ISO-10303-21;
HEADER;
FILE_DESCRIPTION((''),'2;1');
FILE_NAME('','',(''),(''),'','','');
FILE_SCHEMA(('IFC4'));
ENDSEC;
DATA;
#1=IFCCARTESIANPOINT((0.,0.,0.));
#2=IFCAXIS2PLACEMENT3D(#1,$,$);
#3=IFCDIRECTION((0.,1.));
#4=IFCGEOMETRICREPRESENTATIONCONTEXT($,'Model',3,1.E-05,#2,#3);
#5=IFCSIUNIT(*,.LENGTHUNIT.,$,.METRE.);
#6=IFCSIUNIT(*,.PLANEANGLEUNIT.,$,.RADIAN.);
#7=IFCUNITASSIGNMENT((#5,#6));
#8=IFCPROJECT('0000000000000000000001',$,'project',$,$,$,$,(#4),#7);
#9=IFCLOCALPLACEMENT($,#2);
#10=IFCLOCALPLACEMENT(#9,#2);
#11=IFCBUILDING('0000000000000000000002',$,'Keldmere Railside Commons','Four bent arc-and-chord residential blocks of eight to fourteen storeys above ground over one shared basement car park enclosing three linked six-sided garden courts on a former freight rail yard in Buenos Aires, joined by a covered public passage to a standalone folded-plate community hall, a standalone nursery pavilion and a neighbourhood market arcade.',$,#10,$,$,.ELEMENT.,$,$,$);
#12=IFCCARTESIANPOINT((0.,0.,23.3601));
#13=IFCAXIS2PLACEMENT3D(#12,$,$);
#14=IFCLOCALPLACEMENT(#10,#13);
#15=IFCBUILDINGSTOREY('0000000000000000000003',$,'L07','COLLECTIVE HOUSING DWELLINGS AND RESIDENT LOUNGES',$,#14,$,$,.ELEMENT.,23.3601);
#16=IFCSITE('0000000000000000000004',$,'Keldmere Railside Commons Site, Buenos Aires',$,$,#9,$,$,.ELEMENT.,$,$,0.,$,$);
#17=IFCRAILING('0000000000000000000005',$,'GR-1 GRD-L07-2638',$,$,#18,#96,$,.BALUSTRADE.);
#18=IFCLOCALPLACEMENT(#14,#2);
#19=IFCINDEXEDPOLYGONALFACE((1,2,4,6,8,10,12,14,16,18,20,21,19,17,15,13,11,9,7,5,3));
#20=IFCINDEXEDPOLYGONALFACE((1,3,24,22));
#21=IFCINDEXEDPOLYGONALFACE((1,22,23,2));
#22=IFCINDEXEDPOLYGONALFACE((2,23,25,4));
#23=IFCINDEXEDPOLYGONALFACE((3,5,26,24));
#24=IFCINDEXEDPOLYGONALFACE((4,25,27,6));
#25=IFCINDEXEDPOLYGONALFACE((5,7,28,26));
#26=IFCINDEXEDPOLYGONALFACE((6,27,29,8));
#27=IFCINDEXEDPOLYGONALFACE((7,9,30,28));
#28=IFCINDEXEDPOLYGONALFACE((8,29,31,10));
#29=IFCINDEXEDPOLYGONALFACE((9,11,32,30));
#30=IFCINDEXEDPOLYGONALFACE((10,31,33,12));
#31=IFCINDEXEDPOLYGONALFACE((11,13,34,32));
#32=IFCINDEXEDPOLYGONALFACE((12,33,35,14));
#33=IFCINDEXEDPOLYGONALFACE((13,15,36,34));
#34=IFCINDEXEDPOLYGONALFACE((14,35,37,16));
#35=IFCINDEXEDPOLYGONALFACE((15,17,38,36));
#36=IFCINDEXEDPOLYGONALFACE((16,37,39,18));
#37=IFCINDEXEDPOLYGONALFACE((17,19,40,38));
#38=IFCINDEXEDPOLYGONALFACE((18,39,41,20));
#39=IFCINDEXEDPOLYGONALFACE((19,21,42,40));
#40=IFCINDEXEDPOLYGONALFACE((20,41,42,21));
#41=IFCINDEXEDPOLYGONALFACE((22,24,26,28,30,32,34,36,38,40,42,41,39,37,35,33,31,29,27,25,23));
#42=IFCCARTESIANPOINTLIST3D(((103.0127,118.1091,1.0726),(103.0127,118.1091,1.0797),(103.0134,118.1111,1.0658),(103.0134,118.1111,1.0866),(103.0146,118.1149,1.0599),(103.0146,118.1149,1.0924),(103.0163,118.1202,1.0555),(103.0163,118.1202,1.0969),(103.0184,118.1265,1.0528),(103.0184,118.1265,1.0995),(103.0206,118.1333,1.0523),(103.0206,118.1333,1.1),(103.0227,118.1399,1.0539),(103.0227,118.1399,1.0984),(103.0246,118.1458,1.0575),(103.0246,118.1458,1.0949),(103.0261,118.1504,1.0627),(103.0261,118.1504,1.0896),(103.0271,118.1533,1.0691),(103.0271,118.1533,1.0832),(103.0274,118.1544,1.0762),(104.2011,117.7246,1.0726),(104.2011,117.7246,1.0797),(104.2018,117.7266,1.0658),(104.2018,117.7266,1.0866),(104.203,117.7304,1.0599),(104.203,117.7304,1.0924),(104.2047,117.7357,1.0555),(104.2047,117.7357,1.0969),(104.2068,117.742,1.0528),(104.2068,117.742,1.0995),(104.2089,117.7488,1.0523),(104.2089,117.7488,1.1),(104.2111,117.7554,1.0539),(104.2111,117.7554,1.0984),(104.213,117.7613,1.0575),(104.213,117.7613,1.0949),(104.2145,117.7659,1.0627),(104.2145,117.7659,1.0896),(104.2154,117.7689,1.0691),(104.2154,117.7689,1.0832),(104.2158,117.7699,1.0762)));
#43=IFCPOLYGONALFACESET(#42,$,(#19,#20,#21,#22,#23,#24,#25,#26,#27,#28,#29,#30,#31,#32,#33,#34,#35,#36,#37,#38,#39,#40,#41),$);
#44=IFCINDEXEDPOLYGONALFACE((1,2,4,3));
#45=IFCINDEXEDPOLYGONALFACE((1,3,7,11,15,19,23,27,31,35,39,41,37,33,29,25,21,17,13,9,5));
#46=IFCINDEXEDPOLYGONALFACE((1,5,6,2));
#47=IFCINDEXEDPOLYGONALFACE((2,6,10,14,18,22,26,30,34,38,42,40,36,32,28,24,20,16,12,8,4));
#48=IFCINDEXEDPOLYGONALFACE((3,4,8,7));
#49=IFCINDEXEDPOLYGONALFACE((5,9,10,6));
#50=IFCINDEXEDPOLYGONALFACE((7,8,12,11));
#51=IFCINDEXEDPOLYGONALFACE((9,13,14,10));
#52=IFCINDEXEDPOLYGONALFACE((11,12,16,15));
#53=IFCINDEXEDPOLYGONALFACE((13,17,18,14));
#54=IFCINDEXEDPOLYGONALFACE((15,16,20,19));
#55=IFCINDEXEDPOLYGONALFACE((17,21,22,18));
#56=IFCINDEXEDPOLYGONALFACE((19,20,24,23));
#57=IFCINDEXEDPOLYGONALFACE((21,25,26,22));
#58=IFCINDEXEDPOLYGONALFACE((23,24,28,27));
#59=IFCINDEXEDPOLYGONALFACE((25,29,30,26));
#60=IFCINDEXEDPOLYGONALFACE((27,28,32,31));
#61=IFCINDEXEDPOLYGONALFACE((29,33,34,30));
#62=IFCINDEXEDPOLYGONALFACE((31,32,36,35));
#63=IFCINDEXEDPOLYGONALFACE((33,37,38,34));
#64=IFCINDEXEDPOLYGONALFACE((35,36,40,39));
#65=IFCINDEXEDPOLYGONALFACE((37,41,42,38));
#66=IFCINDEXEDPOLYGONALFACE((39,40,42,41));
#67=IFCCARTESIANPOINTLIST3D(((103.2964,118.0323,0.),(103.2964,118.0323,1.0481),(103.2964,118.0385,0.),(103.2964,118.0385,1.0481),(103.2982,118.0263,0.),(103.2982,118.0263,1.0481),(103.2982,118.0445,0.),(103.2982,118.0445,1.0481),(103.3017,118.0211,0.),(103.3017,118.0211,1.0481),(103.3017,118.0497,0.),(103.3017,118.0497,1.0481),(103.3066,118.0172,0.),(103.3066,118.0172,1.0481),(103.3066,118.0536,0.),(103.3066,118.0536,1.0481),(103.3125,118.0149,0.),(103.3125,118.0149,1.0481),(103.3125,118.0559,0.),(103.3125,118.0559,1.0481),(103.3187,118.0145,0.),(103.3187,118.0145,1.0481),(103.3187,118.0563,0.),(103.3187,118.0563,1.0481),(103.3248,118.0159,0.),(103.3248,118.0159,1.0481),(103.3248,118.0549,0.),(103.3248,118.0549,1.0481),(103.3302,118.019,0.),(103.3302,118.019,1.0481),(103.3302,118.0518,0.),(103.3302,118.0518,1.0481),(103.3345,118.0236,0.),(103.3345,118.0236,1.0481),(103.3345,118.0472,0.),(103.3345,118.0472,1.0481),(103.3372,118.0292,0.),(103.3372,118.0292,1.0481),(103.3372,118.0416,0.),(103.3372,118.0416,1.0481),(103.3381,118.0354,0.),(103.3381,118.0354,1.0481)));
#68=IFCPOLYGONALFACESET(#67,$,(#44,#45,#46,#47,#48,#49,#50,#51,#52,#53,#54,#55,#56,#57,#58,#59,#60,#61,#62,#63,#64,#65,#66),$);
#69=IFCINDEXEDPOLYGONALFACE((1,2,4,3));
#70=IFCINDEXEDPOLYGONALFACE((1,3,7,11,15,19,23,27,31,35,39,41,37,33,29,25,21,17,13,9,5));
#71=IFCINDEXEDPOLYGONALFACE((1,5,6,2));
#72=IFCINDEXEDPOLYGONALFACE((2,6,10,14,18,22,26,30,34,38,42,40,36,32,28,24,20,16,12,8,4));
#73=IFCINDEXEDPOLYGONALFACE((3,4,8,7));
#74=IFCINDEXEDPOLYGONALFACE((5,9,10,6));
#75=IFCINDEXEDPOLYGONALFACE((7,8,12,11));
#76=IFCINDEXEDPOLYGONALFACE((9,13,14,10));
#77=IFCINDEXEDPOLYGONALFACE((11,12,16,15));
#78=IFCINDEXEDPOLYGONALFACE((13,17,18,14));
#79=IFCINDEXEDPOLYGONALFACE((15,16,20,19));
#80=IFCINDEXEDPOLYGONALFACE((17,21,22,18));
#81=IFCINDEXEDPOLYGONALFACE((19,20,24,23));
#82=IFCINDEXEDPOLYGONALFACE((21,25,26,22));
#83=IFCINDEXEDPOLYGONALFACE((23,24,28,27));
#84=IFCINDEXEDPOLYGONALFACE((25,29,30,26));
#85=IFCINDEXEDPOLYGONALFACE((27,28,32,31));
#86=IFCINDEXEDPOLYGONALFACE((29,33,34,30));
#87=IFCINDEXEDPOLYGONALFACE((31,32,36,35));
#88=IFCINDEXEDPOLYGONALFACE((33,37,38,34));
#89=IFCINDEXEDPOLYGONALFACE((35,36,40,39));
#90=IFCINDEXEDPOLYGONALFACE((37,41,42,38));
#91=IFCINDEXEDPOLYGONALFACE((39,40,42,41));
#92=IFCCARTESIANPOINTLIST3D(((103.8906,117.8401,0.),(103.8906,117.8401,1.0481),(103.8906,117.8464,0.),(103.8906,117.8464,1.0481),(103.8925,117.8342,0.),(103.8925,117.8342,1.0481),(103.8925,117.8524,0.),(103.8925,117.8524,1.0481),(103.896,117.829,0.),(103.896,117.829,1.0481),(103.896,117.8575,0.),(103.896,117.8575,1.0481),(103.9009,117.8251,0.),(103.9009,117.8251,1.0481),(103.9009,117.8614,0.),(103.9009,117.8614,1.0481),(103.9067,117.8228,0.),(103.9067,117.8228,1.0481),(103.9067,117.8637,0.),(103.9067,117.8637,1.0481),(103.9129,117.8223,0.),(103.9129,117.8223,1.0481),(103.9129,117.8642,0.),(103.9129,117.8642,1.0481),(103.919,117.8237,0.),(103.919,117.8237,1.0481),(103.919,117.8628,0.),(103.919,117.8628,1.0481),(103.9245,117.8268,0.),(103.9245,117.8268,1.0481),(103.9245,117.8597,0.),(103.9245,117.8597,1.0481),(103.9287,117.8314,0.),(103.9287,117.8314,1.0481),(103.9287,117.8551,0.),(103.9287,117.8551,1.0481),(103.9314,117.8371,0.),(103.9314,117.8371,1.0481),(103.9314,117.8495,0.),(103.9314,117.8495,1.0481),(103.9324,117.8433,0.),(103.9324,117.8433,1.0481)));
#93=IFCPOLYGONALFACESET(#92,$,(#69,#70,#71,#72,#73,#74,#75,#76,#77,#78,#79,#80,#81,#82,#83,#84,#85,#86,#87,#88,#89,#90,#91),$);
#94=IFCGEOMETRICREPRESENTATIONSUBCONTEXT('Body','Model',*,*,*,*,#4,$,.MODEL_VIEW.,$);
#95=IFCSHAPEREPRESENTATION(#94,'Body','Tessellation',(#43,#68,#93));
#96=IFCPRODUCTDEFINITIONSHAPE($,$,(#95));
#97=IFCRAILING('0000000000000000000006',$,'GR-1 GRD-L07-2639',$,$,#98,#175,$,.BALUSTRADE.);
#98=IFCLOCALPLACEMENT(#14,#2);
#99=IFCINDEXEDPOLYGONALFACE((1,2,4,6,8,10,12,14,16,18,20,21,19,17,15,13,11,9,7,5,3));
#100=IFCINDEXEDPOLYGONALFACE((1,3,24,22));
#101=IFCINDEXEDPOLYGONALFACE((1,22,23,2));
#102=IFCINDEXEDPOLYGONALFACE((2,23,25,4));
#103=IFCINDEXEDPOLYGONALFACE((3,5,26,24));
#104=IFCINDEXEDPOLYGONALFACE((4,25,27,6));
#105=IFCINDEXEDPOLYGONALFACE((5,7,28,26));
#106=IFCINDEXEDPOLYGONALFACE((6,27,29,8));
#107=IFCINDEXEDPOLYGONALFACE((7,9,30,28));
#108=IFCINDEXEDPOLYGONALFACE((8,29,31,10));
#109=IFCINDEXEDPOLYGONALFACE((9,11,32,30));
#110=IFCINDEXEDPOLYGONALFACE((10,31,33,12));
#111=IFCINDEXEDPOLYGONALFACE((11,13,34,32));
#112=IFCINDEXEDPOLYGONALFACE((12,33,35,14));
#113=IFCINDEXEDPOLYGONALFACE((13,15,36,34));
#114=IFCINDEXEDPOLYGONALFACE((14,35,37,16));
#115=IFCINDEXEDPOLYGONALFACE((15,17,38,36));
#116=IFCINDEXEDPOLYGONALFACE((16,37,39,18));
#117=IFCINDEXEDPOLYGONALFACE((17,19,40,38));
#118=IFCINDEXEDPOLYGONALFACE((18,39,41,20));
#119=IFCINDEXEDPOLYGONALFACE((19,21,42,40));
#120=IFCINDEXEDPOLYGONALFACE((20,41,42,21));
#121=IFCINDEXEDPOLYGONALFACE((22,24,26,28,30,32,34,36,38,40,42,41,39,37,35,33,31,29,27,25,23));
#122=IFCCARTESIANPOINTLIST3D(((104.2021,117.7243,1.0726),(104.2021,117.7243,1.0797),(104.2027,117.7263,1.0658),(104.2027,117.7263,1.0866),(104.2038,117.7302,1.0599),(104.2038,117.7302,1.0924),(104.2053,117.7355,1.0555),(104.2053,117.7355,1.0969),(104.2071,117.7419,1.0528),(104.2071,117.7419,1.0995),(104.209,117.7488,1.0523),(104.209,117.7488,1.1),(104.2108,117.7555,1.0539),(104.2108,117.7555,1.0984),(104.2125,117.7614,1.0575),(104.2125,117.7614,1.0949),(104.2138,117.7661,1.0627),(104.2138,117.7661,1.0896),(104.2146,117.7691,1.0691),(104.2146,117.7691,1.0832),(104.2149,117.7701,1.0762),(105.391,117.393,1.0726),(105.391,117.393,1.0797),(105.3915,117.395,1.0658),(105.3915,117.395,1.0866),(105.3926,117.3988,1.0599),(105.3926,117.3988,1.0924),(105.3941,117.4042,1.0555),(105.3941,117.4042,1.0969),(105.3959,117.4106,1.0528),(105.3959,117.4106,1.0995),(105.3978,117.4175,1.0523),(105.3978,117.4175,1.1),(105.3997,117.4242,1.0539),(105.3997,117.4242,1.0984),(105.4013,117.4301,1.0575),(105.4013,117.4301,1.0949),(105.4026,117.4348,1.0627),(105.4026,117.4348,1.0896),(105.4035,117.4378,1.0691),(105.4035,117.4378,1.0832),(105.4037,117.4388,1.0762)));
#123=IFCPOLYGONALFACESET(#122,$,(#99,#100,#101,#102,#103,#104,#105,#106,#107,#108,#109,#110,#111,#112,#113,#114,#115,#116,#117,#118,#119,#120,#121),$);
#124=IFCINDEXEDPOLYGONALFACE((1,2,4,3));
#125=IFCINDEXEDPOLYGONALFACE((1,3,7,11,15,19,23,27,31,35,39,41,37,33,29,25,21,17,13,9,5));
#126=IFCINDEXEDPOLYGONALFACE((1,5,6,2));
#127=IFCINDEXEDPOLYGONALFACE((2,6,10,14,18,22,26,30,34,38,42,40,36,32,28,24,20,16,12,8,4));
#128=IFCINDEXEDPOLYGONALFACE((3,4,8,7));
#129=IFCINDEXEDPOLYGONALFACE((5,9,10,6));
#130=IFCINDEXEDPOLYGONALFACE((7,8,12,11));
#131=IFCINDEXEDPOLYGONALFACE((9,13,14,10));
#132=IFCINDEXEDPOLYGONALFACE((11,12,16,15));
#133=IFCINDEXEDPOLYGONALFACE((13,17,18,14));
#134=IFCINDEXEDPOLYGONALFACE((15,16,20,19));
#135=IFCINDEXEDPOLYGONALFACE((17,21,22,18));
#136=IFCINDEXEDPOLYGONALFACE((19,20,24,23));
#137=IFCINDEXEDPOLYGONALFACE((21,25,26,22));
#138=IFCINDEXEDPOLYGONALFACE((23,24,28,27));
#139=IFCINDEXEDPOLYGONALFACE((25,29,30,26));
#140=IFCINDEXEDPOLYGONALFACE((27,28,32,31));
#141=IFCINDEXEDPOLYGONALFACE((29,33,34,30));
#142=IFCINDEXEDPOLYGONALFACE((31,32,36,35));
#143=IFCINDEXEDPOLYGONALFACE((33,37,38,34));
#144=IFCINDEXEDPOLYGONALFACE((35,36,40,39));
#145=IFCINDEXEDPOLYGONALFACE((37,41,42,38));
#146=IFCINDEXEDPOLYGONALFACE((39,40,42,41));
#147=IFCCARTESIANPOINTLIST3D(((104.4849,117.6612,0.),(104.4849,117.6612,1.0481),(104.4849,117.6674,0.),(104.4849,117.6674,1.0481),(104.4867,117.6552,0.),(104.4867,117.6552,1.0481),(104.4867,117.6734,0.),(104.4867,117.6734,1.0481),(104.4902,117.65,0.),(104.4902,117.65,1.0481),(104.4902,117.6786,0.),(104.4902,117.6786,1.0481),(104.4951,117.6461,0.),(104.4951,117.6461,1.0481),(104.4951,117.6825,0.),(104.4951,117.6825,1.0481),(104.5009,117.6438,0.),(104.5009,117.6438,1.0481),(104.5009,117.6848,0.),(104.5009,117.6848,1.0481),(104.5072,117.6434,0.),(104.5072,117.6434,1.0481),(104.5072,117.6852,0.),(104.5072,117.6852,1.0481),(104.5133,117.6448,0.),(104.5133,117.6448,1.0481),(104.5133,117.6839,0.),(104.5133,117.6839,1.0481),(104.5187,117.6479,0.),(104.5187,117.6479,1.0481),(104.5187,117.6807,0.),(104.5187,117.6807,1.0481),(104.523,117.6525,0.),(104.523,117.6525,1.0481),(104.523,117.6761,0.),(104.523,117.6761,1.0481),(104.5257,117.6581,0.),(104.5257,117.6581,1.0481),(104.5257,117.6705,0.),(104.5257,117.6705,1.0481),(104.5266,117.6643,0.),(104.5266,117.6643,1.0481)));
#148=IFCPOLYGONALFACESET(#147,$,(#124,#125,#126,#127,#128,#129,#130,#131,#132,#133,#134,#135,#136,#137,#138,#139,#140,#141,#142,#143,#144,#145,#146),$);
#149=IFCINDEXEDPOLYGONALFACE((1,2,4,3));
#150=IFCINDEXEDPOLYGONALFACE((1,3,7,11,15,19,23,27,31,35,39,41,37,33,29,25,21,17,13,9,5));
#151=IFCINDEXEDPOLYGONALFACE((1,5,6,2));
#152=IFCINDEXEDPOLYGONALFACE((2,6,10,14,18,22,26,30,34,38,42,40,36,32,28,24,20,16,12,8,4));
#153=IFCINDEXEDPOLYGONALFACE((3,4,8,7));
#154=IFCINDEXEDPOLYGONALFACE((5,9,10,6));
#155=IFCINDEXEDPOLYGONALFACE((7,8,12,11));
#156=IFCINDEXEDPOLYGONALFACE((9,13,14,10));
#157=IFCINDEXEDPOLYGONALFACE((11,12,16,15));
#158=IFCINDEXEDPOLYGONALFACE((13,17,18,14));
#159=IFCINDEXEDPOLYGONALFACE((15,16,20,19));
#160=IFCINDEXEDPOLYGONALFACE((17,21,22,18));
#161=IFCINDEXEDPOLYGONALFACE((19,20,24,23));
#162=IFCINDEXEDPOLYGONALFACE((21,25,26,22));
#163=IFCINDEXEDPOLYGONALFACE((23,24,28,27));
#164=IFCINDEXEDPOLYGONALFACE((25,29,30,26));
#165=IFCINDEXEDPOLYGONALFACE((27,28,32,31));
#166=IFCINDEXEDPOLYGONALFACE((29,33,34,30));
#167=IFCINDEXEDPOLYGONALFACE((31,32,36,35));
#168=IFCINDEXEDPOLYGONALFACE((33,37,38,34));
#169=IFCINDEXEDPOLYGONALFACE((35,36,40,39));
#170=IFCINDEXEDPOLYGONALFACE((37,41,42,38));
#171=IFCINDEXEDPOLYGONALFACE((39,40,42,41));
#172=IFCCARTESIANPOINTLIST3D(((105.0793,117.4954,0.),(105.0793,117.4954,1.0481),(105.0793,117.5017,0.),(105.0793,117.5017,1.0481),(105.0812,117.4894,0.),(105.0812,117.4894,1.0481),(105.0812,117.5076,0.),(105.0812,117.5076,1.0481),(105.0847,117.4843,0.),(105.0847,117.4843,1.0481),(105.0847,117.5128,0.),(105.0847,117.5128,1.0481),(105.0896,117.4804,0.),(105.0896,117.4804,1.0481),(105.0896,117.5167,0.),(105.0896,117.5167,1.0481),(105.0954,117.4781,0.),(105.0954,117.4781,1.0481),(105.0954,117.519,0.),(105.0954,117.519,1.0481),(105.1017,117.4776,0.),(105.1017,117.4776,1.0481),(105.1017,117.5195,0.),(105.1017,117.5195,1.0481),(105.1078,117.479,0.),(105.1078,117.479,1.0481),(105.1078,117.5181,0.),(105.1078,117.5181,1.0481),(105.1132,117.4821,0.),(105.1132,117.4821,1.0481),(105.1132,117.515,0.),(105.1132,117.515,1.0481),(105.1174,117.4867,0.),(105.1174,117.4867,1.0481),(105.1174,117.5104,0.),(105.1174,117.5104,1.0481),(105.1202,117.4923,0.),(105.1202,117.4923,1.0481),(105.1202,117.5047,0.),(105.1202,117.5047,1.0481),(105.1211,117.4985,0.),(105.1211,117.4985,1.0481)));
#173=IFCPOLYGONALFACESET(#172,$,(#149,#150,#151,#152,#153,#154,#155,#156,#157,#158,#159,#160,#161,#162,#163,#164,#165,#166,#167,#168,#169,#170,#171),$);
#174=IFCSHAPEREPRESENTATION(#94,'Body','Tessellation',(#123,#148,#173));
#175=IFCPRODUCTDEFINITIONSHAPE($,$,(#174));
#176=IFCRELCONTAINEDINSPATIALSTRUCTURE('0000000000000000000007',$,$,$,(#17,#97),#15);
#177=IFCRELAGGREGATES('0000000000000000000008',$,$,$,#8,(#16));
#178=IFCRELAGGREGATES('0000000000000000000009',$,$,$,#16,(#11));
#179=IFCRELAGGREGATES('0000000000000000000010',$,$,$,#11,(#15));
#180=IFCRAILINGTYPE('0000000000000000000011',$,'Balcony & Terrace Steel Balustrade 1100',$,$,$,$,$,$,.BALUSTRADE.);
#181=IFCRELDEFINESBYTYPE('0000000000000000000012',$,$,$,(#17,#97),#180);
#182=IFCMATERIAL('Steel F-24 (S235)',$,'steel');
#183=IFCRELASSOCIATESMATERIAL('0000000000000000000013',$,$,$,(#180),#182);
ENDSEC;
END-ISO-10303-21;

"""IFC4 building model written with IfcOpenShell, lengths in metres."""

from ifc_helpers import new_model, si_unit, direction, frame, origin, origin_2d, place, context, subcontext, project, spatial, circle, extrude, material, type_object, element, save


model = new_model("IFC4")

# Units and contexts
model_context = context("Model", 3, precision=1e-05, world=origin(), true_north=direction((0.0, 1.0)))
body_context = subcontext(model_context, "Body", "Model", "MODEL_VIEW")
ifc_project = project(units=[si_unit("LENGTHUNIT", "METRE"), si_unit("PLANEANGLEUNIT", "RADIAN")], contexts=[model_context])

# Site, building, storey
site_placement = place(None, origin())
site = spatial("IfcSite", under=ifc_project, at=site_placement, Name="Keldmere Railside Commons Site, Buenos Aires", CompositionType="ELEMENT", RefElevation=0.0)
building_placement = place(site_placement, origin())
building = spatial("IfcBuilding", under=site, at=building_placement, Name="Keldmere Railside Commons", Description="Four bent arc-and-chord residential blocks of eight to fourteen storeys above ground over one shared basement car park enclosing three linked six-sided garden courts on a former freight rail yard in Buenos Aires, joined by a covered public passage to a standalone folded-plate community hall, a standalone nursery pavilion and a neighbourhood market arcade.", CompositionType="ELEMENT")
storey_placement = place(building_placement, frame((0.0, 0.0, 23.3601)))
storey = spatial("IfcBuildingStorey", under=building, at=storey_placement, Name="L07", Description="COLLECTIVE HOUSING DWELLINGS AND RESIDENT LOUNGES", CompositionType="ELEMENT", Elevation=23.3601)

# Railings
ifc_material_1 = material(Name="Steel F-24 (S235)", Category="steel")
railing_type = type_object("IfcRailingType", Name="Balcony & Terrace Steel Balustrade 1100", PredefinedType="BALUSTRADE", material=ifc_material_1)
railing_1_placement = place(storey_placement, frame((103.02, 118.1316, 0.0)))
element("IfcRailing", 1, at=railing_1_placement, inside=storey, type_object=railing_type, Name="GR-1 GRD-L07-2638", PredefinedType="BALUSTRADE", context=body_context, shape_type="SweptSolid", body=[
    extrude(circle(Radius=0.0239, at=origin_2d()), frame((0.0, 0.0, 1.0762), z_axis=(0.951441, -0.307831, 0.0), x_axis=(0.307831, 0.951441, 0.0)), (0.0, 0.0, 1.0), 1.249),
    extrude(circle(Radius=0.021, at=origin_2d()), frame((0.2971, -0.0962, 0.0)), (0.0, 0.0, 1.0), 1.0481),
    extrude(circle(Radius=0.021, at=origin_2d()), frame((0.8914, -0.2883, 0.0)), (0.0, 0.0, 1.0), 1.0481),
])
railing_2_placement = place(storey_placement, frame((104.2085, 117.7471, 0.0)))
element("IfcRailing", 2, at=railing_2_placement, inside=storey, type_object=railing_type, Name="GR-1 GRD-L07-2639", PredefinedType="BALUSTRADE", context=body_context, shape_type="SweptSolid", body=[
    extrude(circle(Radius=0.0239, at=origin_2d()), frame((0.0, 0.0, 1.0762), z_axis=(0.963288, -0.26847, 0.0), x_axis=(0.26847, 0.963288, 0.0)), (0.0, 0.0, 1.0), 1.2341),
    extrude(circle(Radius=0.021, at=origin_2d()), frame((0.2971, -0.0828, 0.0)), (0.0, 0.0, 1.0), 1.0481),
    extrude(circle(Radius=0.021, at=origin_2d()), frame((0.8916, -0.2485, 0.0)), (0.0, 0.0, 1.0), 1.0481),
])

save(model, "model.ifc")
